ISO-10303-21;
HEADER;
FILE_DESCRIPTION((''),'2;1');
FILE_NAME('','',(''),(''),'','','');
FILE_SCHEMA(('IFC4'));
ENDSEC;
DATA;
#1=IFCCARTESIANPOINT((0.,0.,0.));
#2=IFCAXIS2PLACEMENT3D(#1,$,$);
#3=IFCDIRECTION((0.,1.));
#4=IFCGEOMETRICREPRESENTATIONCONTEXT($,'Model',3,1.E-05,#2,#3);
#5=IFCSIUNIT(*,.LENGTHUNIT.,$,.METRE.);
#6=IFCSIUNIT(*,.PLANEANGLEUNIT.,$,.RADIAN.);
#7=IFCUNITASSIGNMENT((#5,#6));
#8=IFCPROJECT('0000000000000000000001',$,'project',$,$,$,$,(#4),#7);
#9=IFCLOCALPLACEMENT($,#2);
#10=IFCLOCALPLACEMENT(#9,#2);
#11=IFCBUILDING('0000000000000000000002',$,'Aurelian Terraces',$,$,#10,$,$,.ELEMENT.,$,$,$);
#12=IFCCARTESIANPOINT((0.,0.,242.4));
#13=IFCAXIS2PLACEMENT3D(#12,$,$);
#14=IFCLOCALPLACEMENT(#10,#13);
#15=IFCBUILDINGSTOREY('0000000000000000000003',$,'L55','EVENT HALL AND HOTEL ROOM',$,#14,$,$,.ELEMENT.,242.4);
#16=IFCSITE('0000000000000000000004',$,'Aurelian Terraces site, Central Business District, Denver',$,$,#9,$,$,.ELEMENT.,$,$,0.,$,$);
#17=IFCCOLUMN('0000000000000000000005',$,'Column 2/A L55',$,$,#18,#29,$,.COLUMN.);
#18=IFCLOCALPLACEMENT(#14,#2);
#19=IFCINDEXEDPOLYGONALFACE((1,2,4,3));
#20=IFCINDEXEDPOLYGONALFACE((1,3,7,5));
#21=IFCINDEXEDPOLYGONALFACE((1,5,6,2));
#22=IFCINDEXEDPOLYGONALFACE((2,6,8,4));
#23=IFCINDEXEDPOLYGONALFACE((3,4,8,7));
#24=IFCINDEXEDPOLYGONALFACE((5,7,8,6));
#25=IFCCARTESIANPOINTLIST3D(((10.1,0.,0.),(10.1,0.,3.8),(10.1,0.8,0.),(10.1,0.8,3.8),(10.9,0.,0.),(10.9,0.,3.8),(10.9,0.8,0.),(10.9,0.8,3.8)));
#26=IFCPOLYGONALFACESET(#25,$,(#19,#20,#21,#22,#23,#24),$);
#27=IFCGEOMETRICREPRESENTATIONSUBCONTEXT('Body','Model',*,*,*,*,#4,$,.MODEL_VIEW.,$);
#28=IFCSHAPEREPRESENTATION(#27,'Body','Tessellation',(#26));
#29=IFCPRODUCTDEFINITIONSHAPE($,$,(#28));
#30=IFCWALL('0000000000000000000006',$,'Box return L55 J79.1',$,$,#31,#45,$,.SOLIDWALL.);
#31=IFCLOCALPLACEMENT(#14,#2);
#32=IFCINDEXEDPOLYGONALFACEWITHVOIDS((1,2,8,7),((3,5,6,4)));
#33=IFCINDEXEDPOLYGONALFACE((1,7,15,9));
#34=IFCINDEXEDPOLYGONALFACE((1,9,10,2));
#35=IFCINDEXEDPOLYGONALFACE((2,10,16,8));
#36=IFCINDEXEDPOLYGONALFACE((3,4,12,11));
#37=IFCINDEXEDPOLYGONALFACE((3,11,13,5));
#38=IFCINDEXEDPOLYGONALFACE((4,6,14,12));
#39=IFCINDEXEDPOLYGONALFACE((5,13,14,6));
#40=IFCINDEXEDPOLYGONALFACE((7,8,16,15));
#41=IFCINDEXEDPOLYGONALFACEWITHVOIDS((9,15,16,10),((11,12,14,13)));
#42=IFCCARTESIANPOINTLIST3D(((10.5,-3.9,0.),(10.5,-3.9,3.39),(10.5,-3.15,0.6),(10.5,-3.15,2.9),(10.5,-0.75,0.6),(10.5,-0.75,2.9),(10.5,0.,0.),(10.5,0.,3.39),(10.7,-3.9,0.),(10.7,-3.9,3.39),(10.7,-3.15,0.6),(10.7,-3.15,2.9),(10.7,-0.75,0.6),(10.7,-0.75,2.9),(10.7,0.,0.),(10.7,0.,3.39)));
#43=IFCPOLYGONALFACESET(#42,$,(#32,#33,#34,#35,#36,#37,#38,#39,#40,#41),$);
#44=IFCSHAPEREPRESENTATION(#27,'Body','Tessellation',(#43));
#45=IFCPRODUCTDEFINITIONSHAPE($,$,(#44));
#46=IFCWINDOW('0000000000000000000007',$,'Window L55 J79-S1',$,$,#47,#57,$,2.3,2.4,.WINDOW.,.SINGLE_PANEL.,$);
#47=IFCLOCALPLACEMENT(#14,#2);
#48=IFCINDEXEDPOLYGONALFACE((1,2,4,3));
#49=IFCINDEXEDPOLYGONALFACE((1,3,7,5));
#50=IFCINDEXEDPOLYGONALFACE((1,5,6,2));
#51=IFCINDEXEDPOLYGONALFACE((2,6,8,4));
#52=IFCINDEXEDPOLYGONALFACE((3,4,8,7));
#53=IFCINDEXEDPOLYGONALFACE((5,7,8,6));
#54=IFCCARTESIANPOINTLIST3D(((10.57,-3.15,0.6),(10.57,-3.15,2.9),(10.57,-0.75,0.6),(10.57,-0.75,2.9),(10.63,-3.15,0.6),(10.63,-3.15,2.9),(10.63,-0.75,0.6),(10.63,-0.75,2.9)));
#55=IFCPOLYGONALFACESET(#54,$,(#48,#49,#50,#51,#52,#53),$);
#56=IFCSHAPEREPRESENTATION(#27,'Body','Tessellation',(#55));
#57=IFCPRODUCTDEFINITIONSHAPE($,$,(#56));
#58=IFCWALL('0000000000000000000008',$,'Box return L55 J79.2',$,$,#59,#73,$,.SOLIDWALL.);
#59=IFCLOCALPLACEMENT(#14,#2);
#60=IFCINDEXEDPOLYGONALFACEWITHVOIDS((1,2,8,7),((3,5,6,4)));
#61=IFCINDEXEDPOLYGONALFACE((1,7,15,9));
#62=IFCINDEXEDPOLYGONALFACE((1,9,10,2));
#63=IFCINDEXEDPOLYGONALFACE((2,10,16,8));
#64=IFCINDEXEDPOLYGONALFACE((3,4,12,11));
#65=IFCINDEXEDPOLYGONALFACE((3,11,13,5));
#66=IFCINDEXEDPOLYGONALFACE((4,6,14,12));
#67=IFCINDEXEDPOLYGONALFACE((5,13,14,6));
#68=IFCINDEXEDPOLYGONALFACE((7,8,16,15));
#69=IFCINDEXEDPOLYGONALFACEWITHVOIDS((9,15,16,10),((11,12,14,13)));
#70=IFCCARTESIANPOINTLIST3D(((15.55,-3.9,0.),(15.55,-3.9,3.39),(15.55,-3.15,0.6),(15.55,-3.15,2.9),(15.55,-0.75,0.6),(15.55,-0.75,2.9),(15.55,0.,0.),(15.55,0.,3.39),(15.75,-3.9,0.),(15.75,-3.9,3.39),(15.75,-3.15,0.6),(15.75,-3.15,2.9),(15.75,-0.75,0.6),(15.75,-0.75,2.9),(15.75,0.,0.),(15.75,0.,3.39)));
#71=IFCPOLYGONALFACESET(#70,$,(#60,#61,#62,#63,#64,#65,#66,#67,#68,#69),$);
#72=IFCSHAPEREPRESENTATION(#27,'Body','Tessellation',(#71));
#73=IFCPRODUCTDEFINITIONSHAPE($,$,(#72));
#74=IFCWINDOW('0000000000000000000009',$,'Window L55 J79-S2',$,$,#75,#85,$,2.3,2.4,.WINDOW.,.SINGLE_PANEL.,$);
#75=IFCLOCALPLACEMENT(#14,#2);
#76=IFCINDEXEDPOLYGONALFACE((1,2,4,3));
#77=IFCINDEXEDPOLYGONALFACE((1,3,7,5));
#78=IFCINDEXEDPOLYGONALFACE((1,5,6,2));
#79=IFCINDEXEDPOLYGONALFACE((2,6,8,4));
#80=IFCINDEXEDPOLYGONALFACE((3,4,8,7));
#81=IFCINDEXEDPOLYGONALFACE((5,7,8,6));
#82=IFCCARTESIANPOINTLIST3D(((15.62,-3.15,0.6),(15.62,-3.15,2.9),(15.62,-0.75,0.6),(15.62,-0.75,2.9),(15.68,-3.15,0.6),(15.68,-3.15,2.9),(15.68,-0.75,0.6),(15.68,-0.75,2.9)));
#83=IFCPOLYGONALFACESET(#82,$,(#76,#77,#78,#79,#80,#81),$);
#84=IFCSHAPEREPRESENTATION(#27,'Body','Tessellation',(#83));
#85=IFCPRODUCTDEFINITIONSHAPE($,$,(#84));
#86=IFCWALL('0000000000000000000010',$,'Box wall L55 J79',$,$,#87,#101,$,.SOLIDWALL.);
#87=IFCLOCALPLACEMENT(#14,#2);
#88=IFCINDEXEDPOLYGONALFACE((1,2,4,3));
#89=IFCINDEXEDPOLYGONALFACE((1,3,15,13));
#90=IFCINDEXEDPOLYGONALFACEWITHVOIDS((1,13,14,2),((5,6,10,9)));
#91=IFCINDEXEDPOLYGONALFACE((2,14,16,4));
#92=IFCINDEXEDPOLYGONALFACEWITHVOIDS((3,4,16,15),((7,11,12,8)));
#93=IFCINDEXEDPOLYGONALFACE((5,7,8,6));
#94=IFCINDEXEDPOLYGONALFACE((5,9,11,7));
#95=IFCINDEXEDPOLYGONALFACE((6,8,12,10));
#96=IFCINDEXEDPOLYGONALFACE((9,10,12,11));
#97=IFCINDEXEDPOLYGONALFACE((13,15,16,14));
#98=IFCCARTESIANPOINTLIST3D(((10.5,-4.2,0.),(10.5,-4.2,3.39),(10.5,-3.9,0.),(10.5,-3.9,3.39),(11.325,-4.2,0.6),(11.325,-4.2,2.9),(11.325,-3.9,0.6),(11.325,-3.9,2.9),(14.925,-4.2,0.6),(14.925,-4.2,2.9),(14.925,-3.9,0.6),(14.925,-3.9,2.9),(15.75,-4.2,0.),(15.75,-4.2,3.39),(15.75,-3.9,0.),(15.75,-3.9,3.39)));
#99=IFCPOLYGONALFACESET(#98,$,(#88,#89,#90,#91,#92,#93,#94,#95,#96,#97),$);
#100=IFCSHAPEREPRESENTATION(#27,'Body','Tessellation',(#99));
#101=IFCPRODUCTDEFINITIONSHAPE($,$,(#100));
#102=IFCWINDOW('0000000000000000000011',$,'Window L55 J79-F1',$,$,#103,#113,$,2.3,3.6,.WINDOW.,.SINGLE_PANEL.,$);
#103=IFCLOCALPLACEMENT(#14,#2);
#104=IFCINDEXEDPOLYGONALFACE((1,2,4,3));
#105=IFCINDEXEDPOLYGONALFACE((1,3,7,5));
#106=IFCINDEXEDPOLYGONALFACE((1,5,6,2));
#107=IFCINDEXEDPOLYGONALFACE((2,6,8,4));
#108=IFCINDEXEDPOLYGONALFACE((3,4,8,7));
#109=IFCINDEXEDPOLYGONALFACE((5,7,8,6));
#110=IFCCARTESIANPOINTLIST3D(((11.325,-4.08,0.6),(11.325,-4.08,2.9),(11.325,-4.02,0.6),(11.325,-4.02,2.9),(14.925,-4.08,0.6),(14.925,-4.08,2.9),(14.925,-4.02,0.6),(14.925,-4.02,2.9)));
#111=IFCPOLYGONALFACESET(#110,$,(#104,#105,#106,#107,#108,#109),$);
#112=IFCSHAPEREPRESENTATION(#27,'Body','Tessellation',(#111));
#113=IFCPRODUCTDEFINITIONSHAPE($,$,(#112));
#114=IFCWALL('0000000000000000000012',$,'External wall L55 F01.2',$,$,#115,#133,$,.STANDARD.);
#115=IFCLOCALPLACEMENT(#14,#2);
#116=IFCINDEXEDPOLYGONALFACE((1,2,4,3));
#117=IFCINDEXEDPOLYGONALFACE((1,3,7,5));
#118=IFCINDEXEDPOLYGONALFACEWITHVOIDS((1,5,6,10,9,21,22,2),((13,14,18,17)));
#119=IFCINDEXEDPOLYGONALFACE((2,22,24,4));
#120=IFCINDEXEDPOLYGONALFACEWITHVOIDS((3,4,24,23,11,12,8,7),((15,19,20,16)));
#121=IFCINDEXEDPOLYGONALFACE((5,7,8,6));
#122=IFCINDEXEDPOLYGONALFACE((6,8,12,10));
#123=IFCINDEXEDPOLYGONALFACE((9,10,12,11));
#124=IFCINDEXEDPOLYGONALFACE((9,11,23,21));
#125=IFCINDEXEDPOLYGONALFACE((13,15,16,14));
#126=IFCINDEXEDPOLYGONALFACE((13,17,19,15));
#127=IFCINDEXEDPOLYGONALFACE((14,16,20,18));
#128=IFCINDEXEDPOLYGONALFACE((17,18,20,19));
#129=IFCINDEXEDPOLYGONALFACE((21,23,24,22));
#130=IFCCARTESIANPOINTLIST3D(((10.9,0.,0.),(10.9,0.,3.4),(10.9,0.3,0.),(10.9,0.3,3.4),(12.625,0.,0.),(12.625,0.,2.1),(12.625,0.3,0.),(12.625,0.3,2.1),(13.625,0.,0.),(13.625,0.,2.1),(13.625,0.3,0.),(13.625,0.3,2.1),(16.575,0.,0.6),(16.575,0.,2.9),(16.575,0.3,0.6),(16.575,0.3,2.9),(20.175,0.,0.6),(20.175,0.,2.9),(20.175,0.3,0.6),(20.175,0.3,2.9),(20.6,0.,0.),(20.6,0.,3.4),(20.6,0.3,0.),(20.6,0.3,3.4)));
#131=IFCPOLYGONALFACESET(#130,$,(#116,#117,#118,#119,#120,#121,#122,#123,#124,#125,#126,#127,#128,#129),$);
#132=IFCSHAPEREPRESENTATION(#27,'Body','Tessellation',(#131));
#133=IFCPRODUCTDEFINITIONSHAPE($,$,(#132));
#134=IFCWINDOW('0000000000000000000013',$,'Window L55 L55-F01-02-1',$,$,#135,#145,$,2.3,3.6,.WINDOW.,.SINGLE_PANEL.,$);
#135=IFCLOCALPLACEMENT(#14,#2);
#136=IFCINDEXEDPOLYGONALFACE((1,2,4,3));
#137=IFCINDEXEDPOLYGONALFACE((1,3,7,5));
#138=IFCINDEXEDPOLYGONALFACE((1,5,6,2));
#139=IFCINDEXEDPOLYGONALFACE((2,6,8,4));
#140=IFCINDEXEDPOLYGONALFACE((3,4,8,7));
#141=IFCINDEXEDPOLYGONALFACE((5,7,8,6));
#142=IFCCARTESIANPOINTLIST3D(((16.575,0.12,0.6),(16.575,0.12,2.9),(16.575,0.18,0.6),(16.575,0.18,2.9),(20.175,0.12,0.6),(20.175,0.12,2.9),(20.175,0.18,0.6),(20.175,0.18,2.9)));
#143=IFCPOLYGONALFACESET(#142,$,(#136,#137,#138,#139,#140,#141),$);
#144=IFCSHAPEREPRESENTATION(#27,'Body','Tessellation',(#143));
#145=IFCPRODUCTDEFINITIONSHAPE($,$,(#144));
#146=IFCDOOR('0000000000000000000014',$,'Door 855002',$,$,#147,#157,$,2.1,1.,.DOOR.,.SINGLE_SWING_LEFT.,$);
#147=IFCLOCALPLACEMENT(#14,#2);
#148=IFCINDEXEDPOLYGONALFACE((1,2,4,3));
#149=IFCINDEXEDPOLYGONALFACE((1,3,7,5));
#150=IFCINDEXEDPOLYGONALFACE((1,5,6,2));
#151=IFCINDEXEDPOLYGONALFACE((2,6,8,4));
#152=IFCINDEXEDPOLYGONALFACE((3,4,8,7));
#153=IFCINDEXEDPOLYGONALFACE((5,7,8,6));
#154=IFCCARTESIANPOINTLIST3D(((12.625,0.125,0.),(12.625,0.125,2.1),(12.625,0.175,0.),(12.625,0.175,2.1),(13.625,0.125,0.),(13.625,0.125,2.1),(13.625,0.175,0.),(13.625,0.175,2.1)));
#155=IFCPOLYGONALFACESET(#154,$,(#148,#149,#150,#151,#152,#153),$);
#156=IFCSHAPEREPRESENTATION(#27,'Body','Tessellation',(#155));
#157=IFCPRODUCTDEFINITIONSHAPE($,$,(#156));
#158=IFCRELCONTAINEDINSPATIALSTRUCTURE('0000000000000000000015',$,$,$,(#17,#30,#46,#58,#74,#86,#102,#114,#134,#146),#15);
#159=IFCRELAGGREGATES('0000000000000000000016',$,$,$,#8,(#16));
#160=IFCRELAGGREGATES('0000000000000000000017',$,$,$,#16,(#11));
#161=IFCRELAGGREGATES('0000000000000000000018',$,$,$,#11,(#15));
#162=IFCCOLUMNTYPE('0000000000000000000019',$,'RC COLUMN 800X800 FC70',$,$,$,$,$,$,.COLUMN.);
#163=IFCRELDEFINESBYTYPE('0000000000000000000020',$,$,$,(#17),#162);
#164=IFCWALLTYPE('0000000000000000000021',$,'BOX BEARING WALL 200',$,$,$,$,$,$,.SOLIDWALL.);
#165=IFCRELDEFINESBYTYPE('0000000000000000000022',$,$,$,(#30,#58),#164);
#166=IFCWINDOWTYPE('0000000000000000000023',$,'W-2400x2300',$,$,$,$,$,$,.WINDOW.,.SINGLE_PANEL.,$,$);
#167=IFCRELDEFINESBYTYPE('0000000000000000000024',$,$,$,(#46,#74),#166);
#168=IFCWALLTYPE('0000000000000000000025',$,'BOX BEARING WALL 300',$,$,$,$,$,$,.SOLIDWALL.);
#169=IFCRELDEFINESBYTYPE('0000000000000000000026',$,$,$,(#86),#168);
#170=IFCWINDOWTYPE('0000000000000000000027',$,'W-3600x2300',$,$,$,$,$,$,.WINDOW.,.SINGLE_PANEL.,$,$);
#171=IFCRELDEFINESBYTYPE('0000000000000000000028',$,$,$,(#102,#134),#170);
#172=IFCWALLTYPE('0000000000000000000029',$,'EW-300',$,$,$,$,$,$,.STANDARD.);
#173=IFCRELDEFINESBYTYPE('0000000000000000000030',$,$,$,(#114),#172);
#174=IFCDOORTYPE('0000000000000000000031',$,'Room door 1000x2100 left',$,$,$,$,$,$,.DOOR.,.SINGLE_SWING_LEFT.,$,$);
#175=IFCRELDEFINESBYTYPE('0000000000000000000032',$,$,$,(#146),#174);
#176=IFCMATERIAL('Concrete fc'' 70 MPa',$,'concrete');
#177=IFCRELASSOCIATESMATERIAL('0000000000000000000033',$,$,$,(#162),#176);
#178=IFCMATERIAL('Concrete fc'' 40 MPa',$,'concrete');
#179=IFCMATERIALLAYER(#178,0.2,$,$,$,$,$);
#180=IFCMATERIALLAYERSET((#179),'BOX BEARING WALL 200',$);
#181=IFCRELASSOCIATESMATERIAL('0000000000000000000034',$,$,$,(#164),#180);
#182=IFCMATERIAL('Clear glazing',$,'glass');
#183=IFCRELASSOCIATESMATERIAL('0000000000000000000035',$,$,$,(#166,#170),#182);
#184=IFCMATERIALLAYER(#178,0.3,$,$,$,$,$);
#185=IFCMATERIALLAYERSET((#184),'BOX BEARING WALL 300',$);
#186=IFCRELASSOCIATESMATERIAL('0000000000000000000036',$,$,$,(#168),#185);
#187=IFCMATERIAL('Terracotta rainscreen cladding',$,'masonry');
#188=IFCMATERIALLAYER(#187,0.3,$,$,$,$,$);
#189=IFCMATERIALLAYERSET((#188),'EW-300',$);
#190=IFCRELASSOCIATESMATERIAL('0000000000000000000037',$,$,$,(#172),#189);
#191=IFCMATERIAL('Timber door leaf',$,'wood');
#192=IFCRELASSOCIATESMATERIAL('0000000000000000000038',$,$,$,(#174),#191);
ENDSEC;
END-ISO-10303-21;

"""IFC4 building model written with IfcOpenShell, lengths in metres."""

from ifc_helpers import new_model, si_unit, direction, frame, frame_2d, origin, origin_2d, place, context, subcontext, project, spatial, rectangle, extrude, source, transform, mapped, material, layer, layer_set, material_profile, profile_set, type_object, element, fill, save


model = new_model("IFC4")

# Units and contexts
model_context = context("Model", 3, precision=1e-05, world=origin(), true_north=direction((0.0, 1.0)))
body_context = subcontext(model_context, "Body", "Model", "MODEL_VIEW")
ifc_project = project(units=[si_unit("LENGTHUNIT", "METRE"), si_unit("PLANEANGLEUNIT", "RADIAN")], contexts=[model_context])

# Site, building, storey
site_placement = place(None, origin())
site = spatial("IfcSite", under=ifc_project, at=site_placement, Name="Aurelian Terraces site, Central Business District, Denver", CompositionType="ELEMENT", RefElevation=0.0)
building_placement = place(site_placement, origin())
building = spatial("IfcBuilding", under=site, at=building_placement, Name="Aurelian Terraces", CompositionType="ELEMENT")
storey_placement = place(building_placement, frame((0.0, 0.0, 242.4)))
storey = spatial("IfcBuildingStorey", under=building, at=storey_placement, Name="L55", Description="EVENT HALL AND HOTEL ROOM", CompositionType="ELEMENT", Elevation=242.4)

# Column
ifc_material_1 = material(Name="Concrete fc' 70 MPa", Category="concrete")
ifc_material_profile = material_profile(ifc_material_1, rectangle(XDim=0.8, YDim=0.8, at=origin_2d()))
ifc_profile_set = profile_set([ifc_material_profile], Name="Concrete fc' 70 MPa")
column_type = type_object("IfcColumnType", Name="RC COLUMN 800X800 FC70", PredefinedType="COLUMN", material=ifc_profile_set)
shared_shape_1 = source(origin(), body_context, "Body", "SweptSolid", [
    extrude(rectangle(XDim=0.8, YDim=0.8, at=origin_2d()), origin(), (0.0, 0.0, 1.0), 3.8),
])
column_placement = place(storey_placement, frame((10.5, 0.4, 0.0), z_axis=(0.0, 0.0, 1.0), x_axis=(1.0, 0.0, 0.0)))
element("IfcColumn", 1, at=column_placement, inside=storey, type_object=column_type, Name="Column 2/A L55", PredefinedType="COLUMN", context=body_context, shape_type="MappedRepresentation", body=[
    mapped(shared_shape_1, transform((0.0, 0.0, 0.0), scale=1.0)),
])

# Walls, openings, windows
ifc_material_2 = material(Name="Concrete fc' 40 MPa", Category="concrete")
ifc_layer_1 = layer(ifc_material_2, 0.2)
ifc_layer_set_1 = layer_set([ifc_layer_1], Name="BOX BEARING WALL 200")
wall_type_1 = type_object("IfcWallType", Name="BOX BEARING WALL 200", PredefinedType="SOLIDWALL", material=ifc_layer_set_1)
shared_shape_2 = source(origin(), body_context, "Body", "SweptSolid", [
    extrude(rectangle(XDim=3.9, YDim=0.2, at=frame_2d((1.95, 0.0))), origin(), (0.0, 0.0, 1.0), 3.39),
])
wall_1_placement = place(storey_placement, frame((10.6, 0.0, 0.0), z_axis=(0.0, 0.0, 1.0), x_axis=(0.0, -1.0, 0.0)))
wall_1 = element("IfcWall", 2, at=wall_1_placement, inside=storey, type_object=wall_type_1, Name="Box return L55 J79.1", PredefinedType="SOLIDWALL", context=body_context, shape_type="MappedRepresentation", body=[
    mapped(shared_shape_2, transform((0.0, 0.0, 0.0), scale=1.0)),
])
shared_shape_3 = source(origin(), body_context, "Body", "SweptSolid", [
    extrude(rectangle(XDim=2.4, YDim=2.3, at=frame_2d((1.2, 1.15))), frame((0.0, 0.11, 0.0), z_axis=(0.0, -1.0, 0.0), x_axis=(1.0, 0.0, 0.0)), (0.0, 0.0, 1.0), 0.22),
])
opening_1_placement = place(wall_1_placement, frame((0.75, 0.0, 0.6)))
opening_1 = element("IfcOpeningElement", 3, at=opening_1_placement, cuts=wall_1, PredefinedType="OPENING", context=body_context, shape_type="MappedRepresentation", body=[
    mapped(shared_shape_3, transform((0.0, 0.0, 0.0), scale=1.0)),
])
ifc_material_3 = material(Name="Clear glazing", Category="glass")
window_type_1 = type_object("IfcWindowType", Name="W-2400x2300", PartitioningType="SINGLE_PANEL", PredefinedType="WINDOW", material=ifc_material_3)
shared_shape_4 = source(origin(), body_context, "Body", "SweptSolid", [
    extrude(rectangle(XDim=2.4, YDim=2.3, at=frame_2d((1.2, 1.15))), frame((0.0, 0.03, 0.0), z_axis=(0.0, -1.0, 0.0), x_axis=(1.0, 0.0, 0.0)), (0.0, 0.0, 1.0), 0.06),
])
window_1_placement = place(opening_1_placement, origin())
window_1 = element("IfcWindow", 4, at=window_1_placement, inside=storey, type_object=window_type_1, Name="Window L55 J79-S1", OverallHeight=2.3, OverallWidth=2.4, PartitioningType="SINGLE_PANEL", PredefinedType="WINDOW", context=body_context, shape_type="MappedRepresentation", body=[
    mapped(shared_shape_4, transform((0.0, 0.0, 0.0), scale=1.0)),
])
fill(opening_1, window_1)
wall_2_placement = place(storey_placement, frame((15.65, 0.0, 0.0), z_axis=(0.0, 0.0, 1.0), x_axis=(0.0, -1.0, 0.0)))
wall_2 = element("IfcWall", 5, at=wall_2_placement, inside=storey, type_object=wall_type_1, Name="Box return L55 J79.2", PredefinedType="SOLIDWALL", context=body_context, shape_type="MappedRepresentation", body=[
    mapped(shared_shape_2, transform((0.0, 0.0, 0.0), scale=1.0)),
])
opening_2_placement = place(wall_2_placement, frame((0.75, 0.0, 0.6)))
opening_2 = element("IfcOpeningElement", 6, at=opening_2_placement, cuts=wall_2, PredefinedType="OPENING", context=body_context, shape_type="MappedRepresentation", body=[
    mapped(shared_shape_3, transform((0.0, 0.0, 0.0), scale=1.0)),
])
window_2_placement = place(opening_2_placement, origin())
window_2 = element("IfcWindow", 7, at=window_2_placement, inside=storey, type_object=window_type_1, Name="Window L55 J79-S2", OverallHeight=2.3, OverallWidth=2.4, PartitioningType="SINGLE_PANEL", PredefinedType="WINDOW", context=body_context, shape_type="MappedRepresentation", body=[
    mapped(shared_shape_4, transform((0.0, 0.0, 0.0), scale=1.0)),
])
fill(opening_2, window_2)
ifc_layer_2 = layer(ifc_material_2, 0.3)
ifc_layer_set_2 = layer_set([ifc_layer_2], Name="BOX BEARING WALL 300")
wall_type_2 = type_object("IfcWallType", Name="BOX BEARING WALL 300", PredefinedType="SOLIDWALL", material=ifc_layer_set_2)
shared_shape_5 = source(origin(), body_context, "Body", "SweptSolid", [
    extrude(rectangle(XDim=5.25, YDim=0.3, at=frame_2d((2.625, 0.0))), origin(), (0.0, 0.0, 1.0), 3.39),
])
wall_3_placement = place(storey_placement, frame((10.5, -4.05, 0.0), z_axis=(0.0, 0.0, 1.0), x_axis=(1.0, 0.0, 0.0)))
wall_3 = element("IfcWall", 8, at=wall_3_placement, inside=storey, type_object=wall_type_2, Name="Box wall L55 J79", PredefinedType="SOLIDWALL", context=body_context, shape_type="MappedRepresentation", body=[
    mapped(shared_shape_5, transform((0.0, 0.0, 0.0), scale=1.0)),
])
shared_shape_6 = source(origin(), body_context, "Body", "SweptSolid", [
    extrude(rectangle(XDim=3.6, YDim=2.3, at=frame_2d((1.8, 1.15))), frame((0.0, 0.16, 0.0), z_axis=(0.0, -1.0, 0.0), x_axis=(1.0, 0.0, 0.0)), (0.0, 0.0, 1.0), 0.32),
])
opening_3_placement = place(wall_3_placement, frame((0.825, 0.0, 0.6)))
opening_3 = element("IfcOpeningElement", 9, at=opening_3_placement, cuts=wall_3, PredefinedType="OPENING", context=body_context, shape_type="MappedRepresentation", body=[
    mapped(shared_shape_6, transform((0.0, 0.0, 0.0), scale=1.0)),
])
window_type_2 = type_object("IfcWindowType", Name="W-3600x2300", PartitioningType="SINGLE_PANEL", PredefinedType="WINDOW", material=ifc_material_3)
shared_shape_7 = source(origin(), body_context, "Body", "SweptSolid", [
    extrude(rectangle(XDim=3.6, YDim=2.3, at=frame_2d((1.8, 1.15))), frame((0.0, 0.03, 0.0), z_axis=(0.0, -1.0, 0.0), x_axis=(1.0, 0.0, 0.0)), (0.0, 0.0, 1.0), 0.06),
])
window_3_placement = place(opening_3_placement, origin())
window_3 = element("IfcWindow", 10, at=window_3_placement, inside=storey, type_object=window_type_2, Name="Window L55 J79-F1", OverallHeight=2.3, OverallWidth=3.6, PartitioningType="SINGLE_PANEL", PredefinedType="WINDOW", context=body_context, shape_type="MappedRepresentation", body=[
    mapped(shared_shape_7, transform((0.0, 0.0, 0.0), scale=1.0)),
])
fill(opening_3, window_3)

# Wall, openings, window, door
ifc_material_4 = material(Name="Terracotta rainscreen cladding", Category="masonry")
ifc_layer_3 = layer(ifc_material_4, 0.3)
ifc_layer_set_3 = layer_set([ifc_layer_3], Name="EW-300")
wall_type_3 = type_object("IfcWallType", Name="EW-300", PredefinedType="STANDARD", material=ifc_layer_set_3)
shared_shape_8 = source(origin(), body_context, "Body", "SweptSolid", [
    extrude(rectangle(XDim=9.7, YDim=0.3, at=frame_2d((4.85, 0.0))), origin(), (0.0, 0.0, 1.0), 3.4),
])
wall_4_placement = place(storey_placement, frame((10.9, 0.15, 0.0), z_axis=(0.0, 0.0, 1.0), x_axis=(1.0, 0.0, 0.0)))
wall_4 = element("IfcWall", 11, at=wall_4_placement, inside=storey, type_object=wall_type_3, Name="External wall L55 F01.2", PredefinedType="STANDARD", context=body_context, shape_type="MappedRepresentation", body=[
    mapped(shared_shape_8, transform((0.0, 0.0, 0.0), scale=1.0)),
])
opening_4_placement = place(wall_4_placement, frame((5.675, 0.0, 0.6)))
opening_4 = element("IfcOpeningElement", 12, at=opening_4_placement, cuts=wall_4, PredefinedType="OPENING", context=body_context, shape_type="MappedRepresentation", body=[
    mapped(shared_shape_6, transform((0.0, 0.0, 0.0), scale=1.0)),
])
shared_shape_9 = source(origin(), body_context, "Body", "SweptSolid", [
    extrude(rectangle(XDim=1.0, YDim=2.1, at=frame_2d((0.5, 1.05))), frame((0.0, 0.16, 0.0), z_axis=(0.0, -1.0, 0.0), x_axis=(1.0, 0.0, 0.0)), (0.0, 0.0, 1.0), 0.32),
])
opening_5_placement = place(wall_4_placement, frame((1.725, 0.0, 0.0)))
opening_5 = element("IfcOpeningElement", 13, at=opening_5_placement, cuts=wall_4, PredefinedType="OPENING", context=body_context, shape_type="MappedRepresentation", body=[
    mapped(shared_shape_9, transform((0.0, 0.0, 0.0), scale=1.0)),
])
window_4_placement = place(opening_4_placement, origin())
window_4 = element("IfcWindow", 14, at=window_4_placement, inside=storey, type_object=window_type_2, Name="Window L55 L55-F01-02-1", OverallHeight=2.3, OverallWidth=3.6, PartitioningType="SINGLE_PANEL", PredefinedType="WINDOW", context=body_context, shape_type="MappedRepresentation", body=[
    mapped(shared_shape_7, transform((0.0, 0.0, 0.0), scale=1.0)),
])
fill(opening_4, window_4)
ifc_material_5 = material(Name="Timber door leaf", Category="wood")
door_type_1 = type_object("IfcDoorType", Name="Room door 1000x2100 left", OperationType="SINGLE_SWING_LEFT", PredefinedType="DOOR", material=ifc_material_5)
shared_shape_10 = source(origin(), body_context, "Body", "SweptSolid", [
    extrude(rectangle(XDim=1.0, YDim=2.1, at=frame_2d((0.5, 1.05))), frame((0.0, 0.025, 0.0), z_axis=(0.0, -1.0, 0.0), x_axis=(1.0, 0.0, 0.0)), (0.0, 0.0, 1.0), 0.05),
])
door_1_placement = place(opening_5_placement, origin())
door_1 = element("IfcDoor", 15, at=door_1_placement, inside=storey, type_object=door_type_1, Name="Door 855002", OperationType="SINGLE_SWING_LEFT", OverallHeight=2.1, OverallWidth=1.0, PredefinedType="DOOR", context=body_context, shape_type="MappedRepresentation", body=[
    mapped(shared_shape_10, transform((0.0, 0.0, 0.0), scale=1.0)),
])
fill(opening_5, door_1)

save(model, "model.ifc")
